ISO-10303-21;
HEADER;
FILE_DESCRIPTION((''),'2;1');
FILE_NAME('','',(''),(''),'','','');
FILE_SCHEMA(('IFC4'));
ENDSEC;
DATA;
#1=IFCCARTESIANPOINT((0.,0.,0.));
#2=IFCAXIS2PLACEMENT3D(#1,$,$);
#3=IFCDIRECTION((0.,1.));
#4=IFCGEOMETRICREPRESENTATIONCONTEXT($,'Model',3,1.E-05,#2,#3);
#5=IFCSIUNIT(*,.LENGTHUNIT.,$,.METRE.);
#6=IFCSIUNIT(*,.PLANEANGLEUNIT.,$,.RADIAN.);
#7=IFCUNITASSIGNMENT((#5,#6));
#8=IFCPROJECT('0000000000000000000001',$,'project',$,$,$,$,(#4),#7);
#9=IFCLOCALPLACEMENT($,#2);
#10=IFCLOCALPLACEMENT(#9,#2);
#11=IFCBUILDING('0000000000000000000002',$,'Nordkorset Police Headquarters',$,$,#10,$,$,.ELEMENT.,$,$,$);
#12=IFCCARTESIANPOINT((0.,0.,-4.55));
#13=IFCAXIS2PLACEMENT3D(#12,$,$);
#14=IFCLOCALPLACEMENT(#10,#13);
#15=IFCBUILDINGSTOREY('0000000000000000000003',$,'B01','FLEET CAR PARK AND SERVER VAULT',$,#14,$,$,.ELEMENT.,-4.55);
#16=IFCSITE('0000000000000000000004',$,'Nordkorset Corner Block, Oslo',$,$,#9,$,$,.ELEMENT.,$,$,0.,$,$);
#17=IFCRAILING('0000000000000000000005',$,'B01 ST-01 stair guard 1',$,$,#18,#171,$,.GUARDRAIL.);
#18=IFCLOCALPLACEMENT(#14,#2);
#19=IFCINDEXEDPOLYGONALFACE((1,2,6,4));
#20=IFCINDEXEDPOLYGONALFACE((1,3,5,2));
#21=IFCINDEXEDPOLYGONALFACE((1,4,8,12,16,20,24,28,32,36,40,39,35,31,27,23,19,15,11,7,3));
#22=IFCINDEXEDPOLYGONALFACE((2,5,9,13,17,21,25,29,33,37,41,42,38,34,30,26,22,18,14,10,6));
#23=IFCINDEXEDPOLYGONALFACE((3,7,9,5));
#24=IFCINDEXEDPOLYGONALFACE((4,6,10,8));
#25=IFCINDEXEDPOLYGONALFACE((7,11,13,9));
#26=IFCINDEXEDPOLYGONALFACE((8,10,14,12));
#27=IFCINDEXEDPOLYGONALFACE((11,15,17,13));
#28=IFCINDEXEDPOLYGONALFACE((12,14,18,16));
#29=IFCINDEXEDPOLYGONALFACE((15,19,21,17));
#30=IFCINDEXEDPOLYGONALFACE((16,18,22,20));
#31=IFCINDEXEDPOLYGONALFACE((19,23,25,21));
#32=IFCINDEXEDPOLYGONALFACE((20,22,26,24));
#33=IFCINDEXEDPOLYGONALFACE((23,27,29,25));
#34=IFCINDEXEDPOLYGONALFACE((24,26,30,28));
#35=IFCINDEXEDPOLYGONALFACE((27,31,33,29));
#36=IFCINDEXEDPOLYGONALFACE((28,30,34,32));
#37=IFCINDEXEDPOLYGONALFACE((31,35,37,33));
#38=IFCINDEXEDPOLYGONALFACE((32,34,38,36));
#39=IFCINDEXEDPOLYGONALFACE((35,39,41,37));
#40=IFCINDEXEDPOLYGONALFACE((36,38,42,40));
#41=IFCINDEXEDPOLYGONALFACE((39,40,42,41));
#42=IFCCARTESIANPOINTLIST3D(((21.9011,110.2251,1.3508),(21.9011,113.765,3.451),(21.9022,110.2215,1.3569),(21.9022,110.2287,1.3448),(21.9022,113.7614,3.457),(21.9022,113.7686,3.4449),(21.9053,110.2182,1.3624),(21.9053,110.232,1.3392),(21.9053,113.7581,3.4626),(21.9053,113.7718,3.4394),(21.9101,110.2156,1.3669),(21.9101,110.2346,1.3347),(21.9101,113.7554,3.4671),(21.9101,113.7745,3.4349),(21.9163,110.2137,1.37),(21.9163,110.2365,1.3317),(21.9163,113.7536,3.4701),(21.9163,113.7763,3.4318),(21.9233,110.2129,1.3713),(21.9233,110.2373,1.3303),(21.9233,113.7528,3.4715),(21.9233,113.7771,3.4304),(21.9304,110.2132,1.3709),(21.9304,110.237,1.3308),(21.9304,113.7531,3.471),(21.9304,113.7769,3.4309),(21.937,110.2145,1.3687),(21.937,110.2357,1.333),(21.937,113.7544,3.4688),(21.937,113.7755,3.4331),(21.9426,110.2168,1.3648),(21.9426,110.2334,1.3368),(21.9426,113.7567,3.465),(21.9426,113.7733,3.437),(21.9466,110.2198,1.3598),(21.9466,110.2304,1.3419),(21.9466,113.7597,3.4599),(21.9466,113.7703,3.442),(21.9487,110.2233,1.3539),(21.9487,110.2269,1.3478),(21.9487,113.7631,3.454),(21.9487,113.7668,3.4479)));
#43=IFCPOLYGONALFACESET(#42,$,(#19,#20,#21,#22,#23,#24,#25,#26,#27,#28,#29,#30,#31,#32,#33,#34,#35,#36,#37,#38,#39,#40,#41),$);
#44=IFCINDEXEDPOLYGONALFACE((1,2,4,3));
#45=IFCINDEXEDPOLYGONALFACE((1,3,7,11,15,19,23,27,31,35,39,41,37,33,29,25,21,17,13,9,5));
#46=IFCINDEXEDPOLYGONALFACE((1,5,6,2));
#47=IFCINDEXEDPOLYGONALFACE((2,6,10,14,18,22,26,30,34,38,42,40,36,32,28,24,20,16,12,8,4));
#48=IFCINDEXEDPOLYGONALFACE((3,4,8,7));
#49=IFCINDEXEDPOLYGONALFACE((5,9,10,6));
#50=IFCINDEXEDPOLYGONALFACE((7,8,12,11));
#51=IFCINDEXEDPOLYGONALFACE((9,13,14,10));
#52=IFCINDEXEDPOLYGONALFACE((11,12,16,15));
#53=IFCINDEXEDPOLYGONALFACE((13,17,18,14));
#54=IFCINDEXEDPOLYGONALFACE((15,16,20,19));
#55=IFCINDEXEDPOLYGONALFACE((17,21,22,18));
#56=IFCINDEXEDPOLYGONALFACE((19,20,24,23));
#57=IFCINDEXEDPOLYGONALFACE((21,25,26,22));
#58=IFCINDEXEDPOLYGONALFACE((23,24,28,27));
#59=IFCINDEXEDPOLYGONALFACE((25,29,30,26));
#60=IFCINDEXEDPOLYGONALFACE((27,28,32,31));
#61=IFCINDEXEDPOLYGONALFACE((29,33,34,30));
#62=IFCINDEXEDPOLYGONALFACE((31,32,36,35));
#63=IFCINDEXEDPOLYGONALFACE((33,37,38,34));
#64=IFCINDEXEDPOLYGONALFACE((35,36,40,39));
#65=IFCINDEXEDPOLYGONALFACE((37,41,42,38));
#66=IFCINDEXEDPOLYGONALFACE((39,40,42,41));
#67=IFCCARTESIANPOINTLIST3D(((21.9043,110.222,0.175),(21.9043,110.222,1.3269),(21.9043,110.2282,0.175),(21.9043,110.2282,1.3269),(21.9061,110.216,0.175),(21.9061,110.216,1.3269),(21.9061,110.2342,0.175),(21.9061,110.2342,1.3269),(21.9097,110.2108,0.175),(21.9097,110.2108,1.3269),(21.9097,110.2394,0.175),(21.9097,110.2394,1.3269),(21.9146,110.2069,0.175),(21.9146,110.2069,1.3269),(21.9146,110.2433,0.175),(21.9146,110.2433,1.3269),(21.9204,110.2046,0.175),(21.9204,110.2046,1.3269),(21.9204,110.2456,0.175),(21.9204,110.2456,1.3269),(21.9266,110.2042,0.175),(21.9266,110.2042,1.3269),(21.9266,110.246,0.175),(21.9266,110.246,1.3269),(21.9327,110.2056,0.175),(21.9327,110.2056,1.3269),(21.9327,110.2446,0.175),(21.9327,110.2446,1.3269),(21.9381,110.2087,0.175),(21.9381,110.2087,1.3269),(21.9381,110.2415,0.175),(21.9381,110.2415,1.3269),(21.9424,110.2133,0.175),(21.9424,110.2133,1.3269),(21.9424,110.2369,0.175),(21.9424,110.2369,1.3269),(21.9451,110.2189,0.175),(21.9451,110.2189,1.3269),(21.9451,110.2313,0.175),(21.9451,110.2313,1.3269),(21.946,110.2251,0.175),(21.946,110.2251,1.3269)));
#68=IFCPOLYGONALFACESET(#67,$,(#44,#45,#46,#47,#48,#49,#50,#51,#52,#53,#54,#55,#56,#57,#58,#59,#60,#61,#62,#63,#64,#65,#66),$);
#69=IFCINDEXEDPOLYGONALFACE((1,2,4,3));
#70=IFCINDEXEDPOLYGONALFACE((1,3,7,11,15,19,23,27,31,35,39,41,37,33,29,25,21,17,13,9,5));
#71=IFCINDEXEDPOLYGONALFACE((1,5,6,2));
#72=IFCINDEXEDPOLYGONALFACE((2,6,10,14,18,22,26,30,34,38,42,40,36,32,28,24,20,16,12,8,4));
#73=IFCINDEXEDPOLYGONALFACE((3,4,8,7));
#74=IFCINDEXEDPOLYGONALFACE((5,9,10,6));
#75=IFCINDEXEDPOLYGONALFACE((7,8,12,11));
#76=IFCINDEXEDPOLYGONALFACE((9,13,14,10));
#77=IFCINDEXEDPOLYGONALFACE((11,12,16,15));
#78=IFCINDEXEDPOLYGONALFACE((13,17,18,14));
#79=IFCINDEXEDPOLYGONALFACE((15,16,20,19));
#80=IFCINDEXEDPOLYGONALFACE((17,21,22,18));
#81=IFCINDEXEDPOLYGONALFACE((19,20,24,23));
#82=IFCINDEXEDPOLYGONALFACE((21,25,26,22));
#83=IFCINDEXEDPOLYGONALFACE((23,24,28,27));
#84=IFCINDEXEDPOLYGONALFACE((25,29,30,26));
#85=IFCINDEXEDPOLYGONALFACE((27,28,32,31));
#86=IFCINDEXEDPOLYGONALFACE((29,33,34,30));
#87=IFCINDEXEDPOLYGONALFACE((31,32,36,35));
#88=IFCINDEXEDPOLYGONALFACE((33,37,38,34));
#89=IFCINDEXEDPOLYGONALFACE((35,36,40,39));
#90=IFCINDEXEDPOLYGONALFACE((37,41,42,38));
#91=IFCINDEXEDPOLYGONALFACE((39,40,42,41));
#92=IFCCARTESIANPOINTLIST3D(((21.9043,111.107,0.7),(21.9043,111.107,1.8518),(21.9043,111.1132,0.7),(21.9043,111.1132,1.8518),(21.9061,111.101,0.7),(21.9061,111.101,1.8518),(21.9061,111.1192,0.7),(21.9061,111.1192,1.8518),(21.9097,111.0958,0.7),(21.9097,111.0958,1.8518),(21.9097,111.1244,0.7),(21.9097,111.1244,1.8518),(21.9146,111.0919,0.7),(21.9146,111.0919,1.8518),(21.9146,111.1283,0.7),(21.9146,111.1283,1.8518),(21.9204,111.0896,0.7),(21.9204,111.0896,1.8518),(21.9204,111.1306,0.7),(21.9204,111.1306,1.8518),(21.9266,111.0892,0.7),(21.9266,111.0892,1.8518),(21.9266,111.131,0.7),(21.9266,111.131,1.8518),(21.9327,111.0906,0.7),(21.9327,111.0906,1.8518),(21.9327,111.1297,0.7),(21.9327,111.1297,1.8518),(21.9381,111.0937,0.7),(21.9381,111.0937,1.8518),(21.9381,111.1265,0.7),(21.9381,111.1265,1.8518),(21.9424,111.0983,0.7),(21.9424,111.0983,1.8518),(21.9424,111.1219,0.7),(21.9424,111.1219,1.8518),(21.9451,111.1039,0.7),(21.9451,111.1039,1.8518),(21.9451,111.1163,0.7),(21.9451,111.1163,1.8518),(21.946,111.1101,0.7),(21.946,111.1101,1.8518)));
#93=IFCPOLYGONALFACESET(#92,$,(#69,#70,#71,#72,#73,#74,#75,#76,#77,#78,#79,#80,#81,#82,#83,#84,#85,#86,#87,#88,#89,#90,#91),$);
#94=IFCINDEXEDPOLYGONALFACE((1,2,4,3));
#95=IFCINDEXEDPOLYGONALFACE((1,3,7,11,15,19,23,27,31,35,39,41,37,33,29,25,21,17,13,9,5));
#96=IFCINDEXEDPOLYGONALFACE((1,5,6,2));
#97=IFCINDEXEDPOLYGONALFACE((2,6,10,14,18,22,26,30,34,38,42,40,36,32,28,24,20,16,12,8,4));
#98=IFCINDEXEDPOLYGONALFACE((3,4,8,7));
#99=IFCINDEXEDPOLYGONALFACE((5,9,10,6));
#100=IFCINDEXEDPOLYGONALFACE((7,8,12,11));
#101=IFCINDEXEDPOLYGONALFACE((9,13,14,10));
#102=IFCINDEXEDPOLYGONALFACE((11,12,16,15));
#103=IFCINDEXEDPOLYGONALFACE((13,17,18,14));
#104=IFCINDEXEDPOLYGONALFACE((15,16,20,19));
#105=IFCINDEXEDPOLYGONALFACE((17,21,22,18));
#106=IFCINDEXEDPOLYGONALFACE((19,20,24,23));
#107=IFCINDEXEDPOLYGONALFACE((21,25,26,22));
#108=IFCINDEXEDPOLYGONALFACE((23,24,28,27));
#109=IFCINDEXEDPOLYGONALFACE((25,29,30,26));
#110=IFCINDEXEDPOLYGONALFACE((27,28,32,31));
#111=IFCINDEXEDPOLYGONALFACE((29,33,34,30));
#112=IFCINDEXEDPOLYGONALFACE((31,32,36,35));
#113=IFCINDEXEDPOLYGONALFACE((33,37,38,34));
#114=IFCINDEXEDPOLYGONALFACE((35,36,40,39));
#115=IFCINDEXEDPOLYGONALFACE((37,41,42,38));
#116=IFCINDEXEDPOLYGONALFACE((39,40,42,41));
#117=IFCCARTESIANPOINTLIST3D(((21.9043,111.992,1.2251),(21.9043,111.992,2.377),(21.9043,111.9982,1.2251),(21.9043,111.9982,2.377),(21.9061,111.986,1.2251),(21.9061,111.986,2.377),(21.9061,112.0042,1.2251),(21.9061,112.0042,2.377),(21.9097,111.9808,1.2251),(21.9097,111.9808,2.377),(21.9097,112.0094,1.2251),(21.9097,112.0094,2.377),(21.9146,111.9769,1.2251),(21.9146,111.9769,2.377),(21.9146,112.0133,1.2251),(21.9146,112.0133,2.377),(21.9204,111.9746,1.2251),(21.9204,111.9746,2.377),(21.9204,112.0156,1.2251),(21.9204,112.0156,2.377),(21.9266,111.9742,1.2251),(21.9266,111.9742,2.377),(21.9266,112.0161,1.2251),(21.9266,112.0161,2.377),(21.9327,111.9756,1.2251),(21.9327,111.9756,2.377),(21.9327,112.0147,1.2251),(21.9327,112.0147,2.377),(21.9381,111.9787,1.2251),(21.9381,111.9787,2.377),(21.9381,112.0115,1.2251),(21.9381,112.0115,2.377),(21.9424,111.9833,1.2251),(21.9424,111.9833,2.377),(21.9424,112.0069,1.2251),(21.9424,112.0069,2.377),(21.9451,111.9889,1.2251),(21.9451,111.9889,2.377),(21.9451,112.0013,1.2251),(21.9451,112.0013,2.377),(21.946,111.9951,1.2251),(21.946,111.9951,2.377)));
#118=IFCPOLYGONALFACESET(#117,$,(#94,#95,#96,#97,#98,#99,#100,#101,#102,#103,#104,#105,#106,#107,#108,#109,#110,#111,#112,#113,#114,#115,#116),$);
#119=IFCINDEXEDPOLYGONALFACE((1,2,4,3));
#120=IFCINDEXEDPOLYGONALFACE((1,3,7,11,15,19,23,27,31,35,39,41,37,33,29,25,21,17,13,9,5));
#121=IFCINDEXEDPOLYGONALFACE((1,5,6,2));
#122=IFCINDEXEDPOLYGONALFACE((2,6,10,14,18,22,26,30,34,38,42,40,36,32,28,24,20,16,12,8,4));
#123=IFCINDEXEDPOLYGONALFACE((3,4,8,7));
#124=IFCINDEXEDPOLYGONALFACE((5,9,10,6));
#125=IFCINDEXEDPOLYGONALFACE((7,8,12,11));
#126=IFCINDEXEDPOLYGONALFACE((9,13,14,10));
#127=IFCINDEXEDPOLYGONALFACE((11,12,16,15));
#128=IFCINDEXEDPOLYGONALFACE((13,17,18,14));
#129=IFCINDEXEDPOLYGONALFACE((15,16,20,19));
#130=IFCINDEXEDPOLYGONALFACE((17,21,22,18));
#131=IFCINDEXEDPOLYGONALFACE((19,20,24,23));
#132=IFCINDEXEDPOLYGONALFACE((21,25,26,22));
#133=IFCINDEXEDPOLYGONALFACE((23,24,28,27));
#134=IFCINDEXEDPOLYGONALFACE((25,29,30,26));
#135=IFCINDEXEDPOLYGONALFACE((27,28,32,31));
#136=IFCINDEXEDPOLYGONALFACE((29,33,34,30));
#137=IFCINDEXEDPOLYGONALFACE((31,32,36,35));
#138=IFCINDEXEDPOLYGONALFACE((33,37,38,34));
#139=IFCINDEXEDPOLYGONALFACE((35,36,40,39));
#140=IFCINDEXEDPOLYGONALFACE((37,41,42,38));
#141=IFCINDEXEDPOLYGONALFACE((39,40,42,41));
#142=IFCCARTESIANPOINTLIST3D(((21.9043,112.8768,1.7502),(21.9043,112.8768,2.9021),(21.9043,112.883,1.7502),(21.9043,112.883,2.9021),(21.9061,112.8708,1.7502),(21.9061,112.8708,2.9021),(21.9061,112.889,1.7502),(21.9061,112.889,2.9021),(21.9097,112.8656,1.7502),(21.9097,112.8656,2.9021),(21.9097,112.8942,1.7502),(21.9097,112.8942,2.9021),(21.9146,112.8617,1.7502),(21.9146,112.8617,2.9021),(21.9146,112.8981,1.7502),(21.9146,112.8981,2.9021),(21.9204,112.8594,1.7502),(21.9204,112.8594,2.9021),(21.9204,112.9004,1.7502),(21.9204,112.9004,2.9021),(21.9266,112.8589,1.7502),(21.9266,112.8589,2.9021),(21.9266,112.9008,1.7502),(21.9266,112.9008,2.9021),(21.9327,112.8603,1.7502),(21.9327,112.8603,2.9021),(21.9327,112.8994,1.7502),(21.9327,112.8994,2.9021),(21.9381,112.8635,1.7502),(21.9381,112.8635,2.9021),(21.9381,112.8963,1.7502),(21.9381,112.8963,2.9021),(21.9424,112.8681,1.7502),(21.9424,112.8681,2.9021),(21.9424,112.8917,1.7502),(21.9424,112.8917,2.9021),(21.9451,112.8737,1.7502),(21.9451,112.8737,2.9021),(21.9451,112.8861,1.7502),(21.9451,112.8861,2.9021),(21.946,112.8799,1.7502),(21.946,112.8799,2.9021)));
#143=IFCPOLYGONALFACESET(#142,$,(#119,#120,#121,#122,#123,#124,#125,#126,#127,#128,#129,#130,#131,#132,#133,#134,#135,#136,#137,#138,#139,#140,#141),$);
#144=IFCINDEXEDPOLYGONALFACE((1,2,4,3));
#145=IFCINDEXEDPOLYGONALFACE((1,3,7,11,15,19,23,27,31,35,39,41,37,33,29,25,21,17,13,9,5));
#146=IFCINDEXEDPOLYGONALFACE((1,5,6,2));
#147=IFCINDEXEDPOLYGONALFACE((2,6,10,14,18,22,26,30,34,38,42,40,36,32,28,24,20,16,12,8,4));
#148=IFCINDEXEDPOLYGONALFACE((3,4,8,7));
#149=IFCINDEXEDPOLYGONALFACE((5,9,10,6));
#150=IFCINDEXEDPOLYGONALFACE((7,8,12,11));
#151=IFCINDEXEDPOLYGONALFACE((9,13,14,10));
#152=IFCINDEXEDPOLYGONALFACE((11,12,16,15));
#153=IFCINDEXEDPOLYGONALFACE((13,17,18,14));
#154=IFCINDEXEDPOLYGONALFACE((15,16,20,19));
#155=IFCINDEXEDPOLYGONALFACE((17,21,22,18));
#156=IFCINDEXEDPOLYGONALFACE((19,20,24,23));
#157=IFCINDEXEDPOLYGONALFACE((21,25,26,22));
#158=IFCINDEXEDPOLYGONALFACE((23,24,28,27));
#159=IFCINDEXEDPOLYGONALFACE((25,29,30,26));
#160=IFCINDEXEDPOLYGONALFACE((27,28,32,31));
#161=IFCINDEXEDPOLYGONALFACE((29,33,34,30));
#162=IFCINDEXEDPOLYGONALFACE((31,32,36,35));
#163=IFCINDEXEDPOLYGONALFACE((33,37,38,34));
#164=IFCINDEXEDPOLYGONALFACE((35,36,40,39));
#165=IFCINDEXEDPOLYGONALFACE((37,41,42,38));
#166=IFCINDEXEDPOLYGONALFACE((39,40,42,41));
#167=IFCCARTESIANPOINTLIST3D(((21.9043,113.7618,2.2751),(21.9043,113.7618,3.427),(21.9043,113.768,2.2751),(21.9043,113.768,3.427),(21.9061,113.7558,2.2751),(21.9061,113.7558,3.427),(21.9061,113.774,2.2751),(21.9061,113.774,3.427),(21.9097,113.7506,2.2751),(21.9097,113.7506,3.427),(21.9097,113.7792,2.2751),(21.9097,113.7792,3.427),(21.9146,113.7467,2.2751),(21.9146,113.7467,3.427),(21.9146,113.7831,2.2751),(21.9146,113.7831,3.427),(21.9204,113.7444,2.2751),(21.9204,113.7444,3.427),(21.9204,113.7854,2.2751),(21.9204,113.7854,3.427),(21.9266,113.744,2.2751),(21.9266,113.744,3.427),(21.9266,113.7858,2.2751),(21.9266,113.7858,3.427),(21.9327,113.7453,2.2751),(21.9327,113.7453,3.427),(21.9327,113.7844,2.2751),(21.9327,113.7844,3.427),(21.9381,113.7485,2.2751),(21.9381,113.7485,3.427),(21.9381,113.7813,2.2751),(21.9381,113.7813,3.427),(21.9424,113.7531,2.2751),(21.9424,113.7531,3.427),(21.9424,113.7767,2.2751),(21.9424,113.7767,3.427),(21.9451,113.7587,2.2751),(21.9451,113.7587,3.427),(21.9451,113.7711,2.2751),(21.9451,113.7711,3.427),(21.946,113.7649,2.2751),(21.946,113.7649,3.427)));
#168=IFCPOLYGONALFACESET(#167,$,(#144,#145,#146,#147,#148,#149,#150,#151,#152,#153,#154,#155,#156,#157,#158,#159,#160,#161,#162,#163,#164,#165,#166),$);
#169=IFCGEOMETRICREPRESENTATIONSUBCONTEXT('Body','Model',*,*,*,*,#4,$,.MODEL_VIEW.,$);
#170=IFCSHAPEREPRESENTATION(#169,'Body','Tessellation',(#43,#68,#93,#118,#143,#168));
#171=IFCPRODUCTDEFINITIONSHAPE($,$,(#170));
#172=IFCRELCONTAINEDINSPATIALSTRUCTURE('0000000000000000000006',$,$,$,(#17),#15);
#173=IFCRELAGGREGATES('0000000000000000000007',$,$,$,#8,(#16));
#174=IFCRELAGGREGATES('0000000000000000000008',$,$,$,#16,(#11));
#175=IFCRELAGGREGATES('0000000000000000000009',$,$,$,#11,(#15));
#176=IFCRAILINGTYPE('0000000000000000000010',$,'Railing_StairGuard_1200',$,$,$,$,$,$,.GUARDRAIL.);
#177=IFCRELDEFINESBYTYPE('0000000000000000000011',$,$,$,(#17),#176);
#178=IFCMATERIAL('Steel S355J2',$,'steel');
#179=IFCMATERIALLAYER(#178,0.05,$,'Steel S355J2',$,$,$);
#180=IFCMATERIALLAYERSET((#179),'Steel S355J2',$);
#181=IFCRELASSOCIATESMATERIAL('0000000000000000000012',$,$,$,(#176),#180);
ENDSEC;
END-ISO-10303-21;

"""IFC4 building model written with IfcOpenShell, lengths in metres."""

from ifc_helpers import new_model, si_unit, direction, frame, origin, origin_2d, place, context, subcontext, project, spatial, circle, extrude, material, layer, layer_set, type_object, element, save


model = new_model("IFC4")

# Units and contexts
model_context = context("Model", 3, precision=1e-05, world=origin(), true_north=direction((0.0, 1.0)))
body_context = subcontext(model_context, "Body", "Model", "MODEL_VIEW")
ifc_project = project(units=[si_unit("LENGTHUNIT", "METRE"), si_unit("PLANEANGLEUNIT", "RADIAN")], contexts=[model_context])

# Site, building, storey
site_placement = place(None, origin())
site = spatial("IfcSite", under=ifc_project, at=site_placement, Name="Nordkorset Corner Block, Oslo", CompositionType="ELEMENT", RefElevation=0.0)
building_placement = place(site_placement, origin())
building = spatial("IfcBuilding", under=site, at=building_placement, Name="Nordkorset Police Headquarters", CompositionType="ELEMENT")
storey_placement = place(building_placement, frame((0.0, 0.0, -4.55)))
storey = spatial("IfcBuildingStorey", under=building, at=storey_placement, Name="B01", Description="FLEET CAR PARK AND SERVER VAULT", CompositionType="ELEMENT", Elevation=-4.55)

# Railing
ifc_material_1 = material(Name="Steel S355J2", Category="steel")
ifc_layer_1 = layer(ifc_material_1, 0.05, Name="Steel S355J2")
ifc_layer_set_1 = layer_set([ifc_layer_1], Name="Steel S355J2")
railing_type_1 = type_object("IfcRailingType", Name="Railing_StairGuard_1200", PredefinedType="GUARDRAIL", material=ifc_layer_set_1)
railing_1_placement = place(storey_placement, frame((21.925, 110.2251, 0.175)))
element("IfcRailing", 1, at=railing_1_placement, inside=storey, type_object=railing_type_1, Name="B01 ST-01 stair guard 1", PredefinedType="GUARDRAIL", context=body_context, shape_type="SweptSolid", body=[
    extrude(circle(Radius=0.0239, at=origin_2d()), frame((0.0, 0.0, 1.1758), z_axis=(0.0, 0.860031, 0.510241), x_axis=(-1.0, 0.0, 0.0)), (0.0, 0.0, 1.0), 4.116),
    extrude(circle(Radius=0.021, at=origin_2d()), origin(), (0.0, 0.0, 1.0), 1.1519),
    extrude(circle(Radius=0.021, at=origin_2d()), frame((0.0, 0.885, 0.5249)), (0.0, 0.0, 1.0), 1.1519),
    extrude(circle(Radius=0.021, at=origin_2d()), frame((0.0, 1.77, 1.05)), (0.0, 0.0, 1.0), 1.1519),
    extrude(circle(Radius=0.021, at=origin_2d()), frame((0.0, 2.6548, 1.5752)), (0.0, 0.0, 1.0), 1.1519),
    extrude(circle(Radius=0.021, at=origin_2d()), frame((0.0, 3.5398, 2.1001)), (0.0, 0.0, 1.0), 1.1519),
])

save(model, "model.ifc")
